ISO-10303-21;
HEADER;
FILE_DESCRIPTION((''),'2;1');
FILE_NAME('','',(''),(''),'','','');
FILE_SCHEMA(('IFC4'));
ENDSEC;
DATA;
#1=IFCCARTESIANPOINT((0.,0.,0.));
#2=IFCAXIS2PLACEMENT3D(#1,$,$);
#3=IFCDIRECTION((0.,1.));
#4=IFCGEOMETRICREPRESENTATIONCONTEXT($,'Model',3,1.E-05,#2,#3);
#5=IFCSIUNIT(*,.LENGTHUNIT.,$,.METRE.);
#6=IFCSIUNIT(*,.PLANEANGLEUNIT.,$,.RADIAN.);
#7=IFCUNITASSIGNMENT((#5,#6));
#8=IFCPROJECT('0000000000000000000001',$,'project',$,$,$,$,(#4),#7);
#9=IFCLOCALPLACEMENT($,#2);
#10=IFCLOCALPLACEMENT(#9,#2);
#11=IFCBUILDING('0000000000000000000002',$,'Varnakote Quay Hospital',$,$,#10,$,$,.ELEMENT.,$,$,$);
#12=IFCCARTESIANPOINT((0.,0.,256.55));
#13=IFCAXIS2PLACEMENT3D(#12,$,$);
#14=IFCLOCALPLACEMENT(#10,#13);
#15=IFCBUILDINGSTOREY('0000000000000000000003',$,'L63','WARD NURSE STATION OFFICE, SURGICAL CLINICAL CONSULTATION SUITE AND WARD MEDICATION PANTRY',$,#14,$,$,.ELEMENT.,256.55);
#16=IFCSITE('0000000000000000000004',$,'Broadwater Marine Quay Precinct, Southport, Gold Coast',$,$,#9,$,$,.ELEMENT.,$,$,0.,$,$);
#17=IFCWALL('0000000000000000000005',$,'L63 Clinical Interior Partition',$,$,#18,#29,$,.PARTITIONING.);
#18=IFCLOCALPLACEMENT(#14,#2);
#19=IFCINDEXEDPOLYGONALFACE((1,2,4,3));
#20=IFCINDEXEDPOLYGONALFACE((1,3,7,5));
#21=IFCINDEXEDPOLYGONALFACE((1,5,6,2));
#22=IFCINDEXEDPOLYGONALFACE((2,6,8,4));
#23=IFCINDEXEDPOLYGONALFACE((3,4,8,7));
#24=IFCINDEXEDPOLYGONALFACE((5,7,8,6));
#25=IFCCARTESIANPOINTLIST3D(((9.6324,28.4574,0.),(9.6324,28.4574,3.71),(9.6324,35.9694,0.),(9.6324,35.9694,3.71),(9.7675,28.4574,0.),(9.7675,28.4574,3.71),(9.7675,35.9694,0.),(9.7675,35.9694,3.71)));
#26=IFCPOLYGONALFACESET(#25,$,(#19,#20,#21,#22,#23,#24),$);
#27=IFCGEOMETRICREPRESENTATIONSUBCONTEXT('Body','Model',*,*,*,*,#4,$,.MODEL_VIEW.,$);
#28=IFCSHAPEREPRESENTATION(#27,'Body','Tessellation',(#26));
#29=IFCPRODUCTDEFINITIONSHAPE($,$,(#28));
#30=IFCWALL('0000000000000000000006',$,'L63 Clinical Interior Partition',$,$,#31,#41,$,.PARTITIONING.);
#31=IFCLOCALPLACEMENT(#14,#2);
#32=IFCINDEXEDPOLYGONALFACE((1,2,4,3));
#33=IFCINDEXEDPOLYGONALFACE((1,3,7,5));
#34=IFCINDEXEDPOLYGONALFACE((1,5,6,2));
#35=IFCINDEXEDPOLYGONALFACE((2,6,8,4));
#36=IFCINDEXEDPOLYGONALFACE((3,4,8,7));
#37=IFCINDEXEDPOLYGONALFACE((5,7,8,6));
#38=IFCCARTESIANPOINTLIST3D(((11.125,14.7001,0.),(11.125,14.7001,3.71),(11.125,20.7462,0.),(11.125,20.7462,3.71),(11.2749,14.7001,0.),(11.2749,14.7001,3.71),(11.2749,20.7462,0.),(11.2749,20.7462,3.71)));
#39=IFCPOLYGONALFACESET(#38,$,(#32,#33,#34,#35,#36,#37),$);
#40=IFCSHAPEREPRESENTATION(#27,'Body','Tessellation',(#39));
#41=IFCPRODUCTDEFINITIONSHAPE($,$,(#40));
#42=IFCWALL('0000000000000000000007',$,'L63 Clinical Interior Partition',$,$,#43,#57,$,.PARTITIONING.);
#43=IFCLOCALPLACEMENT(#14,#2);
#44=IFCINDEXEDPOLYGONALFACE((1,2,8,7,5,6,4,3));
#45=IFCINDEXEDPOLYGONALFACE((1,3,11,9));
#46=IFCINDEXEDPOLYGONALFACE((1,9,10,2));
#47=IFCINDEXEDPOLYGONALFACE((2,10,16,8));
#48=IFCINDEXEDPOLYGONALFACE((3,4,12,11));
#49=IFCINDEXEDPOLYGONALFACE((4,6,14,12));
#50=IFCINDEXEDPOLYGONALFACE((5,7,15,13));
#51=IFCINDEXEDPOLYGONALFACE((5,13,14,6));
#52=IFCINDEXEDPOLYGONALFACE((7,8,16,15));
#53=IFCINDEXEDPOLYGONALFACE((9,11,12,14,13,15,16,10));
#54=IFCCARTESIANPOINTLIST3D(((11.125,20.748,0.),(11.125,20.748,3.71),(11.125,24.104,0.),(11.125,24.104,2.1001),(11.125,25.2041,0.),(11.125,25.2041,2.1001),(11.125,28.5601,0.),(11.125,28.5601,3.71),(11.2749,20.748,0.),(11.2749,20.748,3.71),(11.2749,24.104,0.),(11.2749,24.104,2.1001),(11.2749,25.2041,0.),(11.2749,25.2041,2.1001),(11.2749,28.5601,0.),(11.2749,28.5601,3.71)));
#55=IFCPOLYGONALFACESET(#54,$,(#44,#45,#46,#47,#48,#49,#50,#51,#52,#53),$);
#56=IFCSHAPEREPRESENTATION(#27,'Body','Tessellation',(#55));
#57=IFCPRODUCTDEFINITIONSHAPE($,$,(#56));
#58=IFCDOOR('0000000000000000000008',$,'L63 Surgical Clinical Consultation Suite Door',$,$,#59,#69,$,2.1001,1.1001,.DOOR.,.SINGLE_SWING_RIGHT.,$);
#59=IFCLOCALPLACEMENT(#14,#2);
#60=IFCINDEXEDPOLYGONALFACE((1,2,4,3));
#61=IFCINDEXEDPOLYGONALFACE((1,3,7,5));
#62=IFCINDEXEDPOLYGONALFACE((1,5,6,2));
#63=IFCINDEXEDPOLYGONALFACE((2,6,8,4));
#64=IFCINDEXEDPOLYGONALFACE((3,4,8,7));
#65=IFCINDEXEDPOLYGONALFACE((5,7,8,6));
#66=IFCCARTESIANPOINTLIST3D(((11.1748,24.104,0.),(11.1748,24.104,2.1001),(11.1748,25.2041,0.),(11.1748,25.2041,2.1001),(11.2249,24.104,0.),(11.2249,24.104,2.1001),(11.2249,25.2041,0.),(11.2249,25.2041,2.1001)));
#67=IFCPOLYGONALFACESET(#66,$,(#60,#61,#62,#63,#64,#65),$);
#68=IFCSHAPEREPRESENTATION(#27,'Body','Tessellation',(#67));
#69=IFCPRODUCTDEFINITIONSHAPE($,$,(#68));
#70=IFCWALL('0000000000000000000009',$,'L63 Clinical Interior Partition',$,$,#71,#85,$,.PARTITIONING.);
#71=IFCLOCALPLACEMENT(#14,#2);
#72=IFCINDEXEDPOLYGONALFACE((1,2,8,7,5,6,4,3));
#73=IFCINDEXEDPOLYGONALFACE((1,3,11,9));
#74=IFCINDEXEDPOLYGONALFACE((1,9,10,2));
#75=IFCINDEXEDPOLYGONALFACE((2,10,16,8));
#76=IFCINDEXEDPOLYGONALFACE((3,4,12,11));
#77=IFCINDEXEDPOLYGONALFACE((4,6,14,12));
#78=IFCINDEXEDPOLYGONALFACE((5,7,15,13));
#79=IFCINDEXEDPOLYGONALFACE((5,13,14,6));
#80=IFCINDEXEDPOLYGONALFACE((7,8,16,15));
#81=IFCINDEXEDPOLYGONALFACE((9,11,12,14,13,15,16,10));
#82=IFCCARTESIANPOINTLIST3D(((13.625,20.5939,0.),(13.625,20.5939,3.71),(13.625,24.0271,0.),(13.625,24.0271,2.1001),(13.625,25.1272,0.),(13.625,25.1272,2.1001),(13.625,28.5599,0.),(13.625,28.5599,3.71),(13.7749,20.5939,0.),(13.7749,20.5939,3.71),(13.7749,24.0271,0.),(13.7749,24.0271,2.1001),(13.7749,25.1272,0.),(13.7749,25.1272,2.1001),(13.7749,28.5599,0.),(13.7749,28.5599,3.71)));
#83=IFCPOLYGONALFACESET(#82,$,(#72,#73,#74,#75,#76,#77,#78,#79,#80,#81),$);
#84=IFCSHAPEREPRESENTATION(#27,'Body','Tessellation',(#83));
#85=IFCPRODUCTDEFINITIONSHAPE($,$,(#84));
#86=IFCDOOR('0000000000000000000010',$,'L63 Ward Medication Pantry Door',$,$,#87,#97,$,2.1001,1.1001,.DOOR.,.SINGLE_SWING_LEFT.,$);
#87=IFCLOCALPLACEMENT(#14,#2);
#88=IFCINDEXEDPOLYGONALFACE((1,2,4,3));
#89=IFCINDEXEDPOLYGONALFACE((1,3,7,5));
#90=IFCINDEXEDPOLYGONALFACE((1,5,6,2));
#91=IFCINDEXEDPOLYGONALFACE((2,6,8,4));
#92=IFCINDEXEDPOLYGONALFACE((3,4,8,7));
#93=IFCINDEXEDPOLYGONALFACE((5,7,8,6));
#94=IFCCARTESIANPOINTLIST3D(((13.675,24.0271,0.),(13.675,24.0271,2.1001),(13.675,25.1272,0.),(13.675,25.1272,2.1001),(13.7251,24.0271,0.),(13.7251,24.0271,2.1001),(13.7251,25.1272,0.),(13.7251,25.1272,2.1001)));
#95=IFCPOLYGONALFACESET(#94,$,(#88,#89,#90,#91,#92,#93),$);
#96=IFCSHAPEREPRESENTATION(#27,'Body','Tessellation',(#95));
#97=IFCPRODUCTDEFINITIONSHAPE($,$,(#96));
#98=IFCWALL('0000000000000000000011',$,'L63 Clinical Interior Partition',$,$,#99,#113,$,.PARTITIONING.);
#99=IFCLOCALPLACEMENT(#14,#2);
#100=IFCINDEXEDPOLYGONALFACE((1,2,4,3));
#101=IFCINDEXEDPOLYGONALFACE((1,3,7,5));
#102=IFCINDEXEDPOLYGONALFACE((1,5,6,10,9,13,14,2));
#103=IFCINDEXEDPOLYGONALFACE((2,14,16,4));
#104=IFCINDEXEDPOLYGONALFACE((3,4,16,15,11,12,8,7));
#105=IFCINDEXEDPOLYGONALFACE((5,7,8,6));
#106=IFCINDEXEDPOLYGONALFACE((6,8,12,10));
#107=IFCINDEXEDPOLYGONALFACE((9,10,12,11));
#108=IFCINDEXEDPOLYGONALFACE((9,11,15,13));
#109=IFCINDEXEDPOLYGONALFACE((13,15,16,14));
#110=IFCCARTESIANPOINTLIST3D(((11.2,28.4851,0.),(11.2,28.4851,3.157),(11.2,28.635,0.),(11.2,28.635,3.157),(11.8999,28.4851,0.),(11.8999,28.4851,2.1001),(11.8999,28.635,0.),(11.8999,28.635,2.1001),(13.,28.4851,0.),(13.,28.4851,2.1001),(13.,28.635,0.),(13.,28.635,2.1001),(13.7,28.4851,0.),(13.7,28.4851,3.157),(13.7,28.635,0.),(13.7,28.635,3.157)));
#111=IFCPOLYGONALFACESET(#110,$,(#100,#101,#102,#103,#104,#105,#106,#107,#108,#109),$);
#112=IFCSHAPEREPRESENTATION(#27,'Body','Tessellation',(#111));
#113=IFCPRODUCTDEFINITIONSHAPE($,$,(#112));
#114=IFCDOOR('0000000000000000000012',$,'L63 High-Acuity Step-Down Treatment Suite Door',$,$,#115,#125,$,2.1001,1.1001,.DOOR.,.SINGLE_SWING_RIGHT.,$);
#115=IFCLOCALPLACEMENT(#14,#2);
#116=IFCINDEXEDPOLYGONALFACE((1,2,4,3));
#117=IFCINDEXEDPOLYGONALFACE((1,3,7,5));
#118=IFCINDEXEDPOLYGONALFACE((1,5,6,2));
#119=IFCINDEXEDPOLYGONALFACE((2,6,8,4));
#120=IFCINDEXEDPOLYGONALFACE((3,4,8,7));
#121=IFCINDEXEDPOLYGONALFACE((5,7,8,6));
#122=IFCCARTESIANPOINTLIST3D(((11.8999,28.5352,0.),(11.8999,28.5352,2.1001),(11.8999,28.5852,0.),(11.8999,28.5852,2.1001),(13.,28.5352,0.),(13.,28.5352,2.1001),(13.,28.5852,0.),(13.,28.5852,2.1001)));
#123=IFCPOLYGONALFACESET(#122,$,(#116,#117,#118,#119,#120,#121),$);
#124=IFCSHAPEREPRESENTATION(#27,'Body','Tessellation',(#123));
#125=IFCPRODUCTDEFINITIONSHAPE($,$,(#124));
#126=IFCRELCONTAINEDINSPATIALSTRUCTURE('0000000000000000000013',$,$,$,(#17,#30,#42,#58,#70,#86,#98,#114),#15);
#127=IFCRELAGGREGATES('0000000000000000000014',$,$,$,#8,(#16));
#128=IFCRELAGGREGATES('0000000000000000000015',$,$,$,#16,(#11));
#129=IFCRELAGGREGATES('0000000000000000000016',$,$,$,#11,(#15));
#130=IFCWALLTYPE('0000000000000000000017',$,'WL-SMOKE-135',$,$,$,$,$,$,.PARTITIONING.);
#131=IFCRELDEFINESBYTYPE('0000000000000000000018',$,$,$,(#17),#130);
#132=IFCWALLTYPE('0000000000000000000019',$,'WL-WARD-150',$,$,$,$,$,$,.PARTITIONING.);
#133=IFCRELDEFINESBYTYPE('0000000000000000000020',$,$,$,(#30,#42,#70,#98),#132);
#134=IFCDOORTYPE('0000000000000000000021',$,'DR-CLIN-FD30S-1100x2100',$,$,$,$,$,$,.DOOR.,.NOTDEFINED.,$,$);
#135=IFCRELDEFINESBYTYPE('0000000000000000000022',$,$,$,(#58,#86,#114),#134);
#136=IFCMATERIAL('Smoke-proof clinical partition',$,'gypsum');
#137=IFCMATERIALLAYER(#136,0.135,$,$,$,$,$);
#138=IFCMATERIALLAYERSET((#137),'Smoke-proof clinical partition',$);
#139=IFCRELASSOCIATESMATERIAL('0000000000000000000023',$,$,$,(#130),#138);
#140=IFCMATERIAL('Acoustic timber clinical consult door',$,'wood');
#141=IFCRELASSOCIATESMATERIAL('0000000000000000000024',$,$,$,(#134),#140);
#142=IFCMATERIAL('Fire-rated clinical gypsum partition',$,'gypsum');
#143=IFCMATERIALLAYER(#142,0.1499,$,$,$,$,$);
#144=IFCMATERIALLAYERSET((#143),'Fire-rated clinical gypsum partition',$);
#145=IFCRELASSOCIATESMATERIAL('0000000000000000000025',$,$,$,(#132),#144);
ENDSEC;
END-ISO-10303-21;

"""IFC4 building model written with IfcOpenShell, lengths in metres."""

from ifc_helpers import new_model, si_unit, direction, frame, frame_2d, origin, place, context, subcontext, project, spatial, rectangle, extrude, material, layer, layer_set, type_object, element, fill, save


model = new_model("IFC4")

# Units and contexts
model_context = context("Model", 3, precision=1e-05, world=origin(), true_north=direction((0.0, 1.0)))
body_context = subcontext(model_context, "Body", "Model", "MODEL_VIEW")
ifc_project = project(units=[si_unit("LENGTHUNIT", "METRE"), si_unit("PLANEANGLEUNIT", "RADIAN")], contexts=[model_context])

# Site, building, storey
site_placement = place(None, origin())
site = spatial("IfcSite", under=ifc_project, at=site_placement, Name="Broadwater Marine Quay Precinct, Southport, Gold Coast", CompositionType="ELEMENT", RefElevation=0.0)
building_placement = place(site_placement, origin())
building = spatial("IfcBuilding", under=site, at=building_placement, Name="Varnakote Quay Hospital", CompositionType="ELEMENT")
storey_placement = place(building_placement, frame((0.0, 0.0, 256.55)))
storey = spatial("IfcBuildingStorey", under=building, at=storey_placement, Name="L63", Description="WARD NURSE STATION OFFICE, SURGICAL CLINICAL CONSULTATION SUITE AND WARD MEDICATION PANTRY", CompositionType="ELEMENT", Elevation=256.55)

# Shared definitions
ifc_material_1 = material(Name="Smoke-proof clinical partition", Category="gypsum")
ifc_layer_1 = layer(ifc_material_1, 0.135)
ifc_layer_set_1 = layer_set([ifc_layer_1], Name="Smoke-proof clinical partition")
wall_type_1 = type_object("IfcWallType", Name="WL-SMOKE-135", PredefinedType="PARTITIONING", material=ifc_layer_set_1)
ifc_material_2 = material(Name="Acoustic timber clinical consult door", Category="wood")
door_type = type_object("IfcDoorType", Name="DR-CLIN-FD30S-1100x2100", OperationType="NOTDEFINED", PredefinedType="DOOR", material=ifc_material_2)

# Walls
wall_1_placement = place(storey_placement, frame((9.7, 28.4575, 0.0), z_axis=(0.0, 0.0, 1.0), x_axis=(0.0, 1.0, 0.0)))
element("IfcWall", 1, at=wall_1_placement, inside=storey, type_object=wall_type_1, Name="L63 Clinical Interior Partition", PredefinedType="PARTITIONING", context=body_context, shape_type="SweptSolid", body=[
    extrude(rectangle(XDim=7.512, YDim=0.135, at=frame_2d((3.7559, 0.0))), origin(), (0.0, 0.0, 1.0), 3.71),
])
ifc_material_3 = material(Name="Fire-rated clinical gypsum partition", Category="gypsum")
ifc_layer_2 = layer(ifc_material_3, 0.1499)
ifc_layer_set_2 = layer_set([ifc_layer_2], Name="Fire-rated clinical gypsum partition")
wall_type_2 = type_object("IfcWallType", Name="WL-WARD-150", PredefinedType="PARTITIONING", material=ifc_layer_set_2)
wall_2_placement = place(storey_placement, frame((11.2, 20.7461, 0.0), z_axis=(0.0, 0.0, 1.0), x_axis=(0.0, -1.0, 0.0)))
element("IfcWall", 2, at=wall_2_placement, inside=storey, type_object=wall_type_2, Name="L63 Clinical Interior Partition", PredefinedType="PARTITIONING", context=body_context, shape_type="SweptSolid", body=[
    extrude(rectangle(XDim=6.0461, YDim=0.1499, at=frame_2d((3.0229, 0.0))), origin(), (0.0, 0.0, 1.0), 3.71),
])

# Walls, openings, doors
wall_3_placement = place(storey_placement, frame((11.2, 28.5601, 0.0), z_axis=(0.0, 0.0, 1.0), x_axis=(0.0, -1.0, 0.0)))
wall_3 = element("IfcWall", 3, at=wall_3_placement, inside=storey, type_object=wall_type_2, Name="L63 Clinical Interior Partition", PredefinedType="PARTITIONING", context=body_context, shape_type="SweptSolid", body=[
    extrude(rectangle(XDim=7.812, YDim=0.1499, at=frame_2d((3.906, 0.0))), origin(), (0.0, 0.0, 1.0), 3.71),
])
opening_1_placement = place(wall_3_placement, frame((3.356, 0.0, 0.0)))
opening_1 = element("IfcOpeningElement", 4, at=opening_1_placement, cuts=wall_3, PredefinedType="OPENING", context=body_context, shape_type="SweptSolid", body=[
    extrude(rectangle(XDim=1.1001, YDim=2.1001, at=frame_2d((0.55, 1.05))), frame((0.0, 0.085, 0.0), z_axis=(0.0, -1.0, 0.0), x_axis=(1.0, 0.0, 0.0)), (0.0, 0.0, 1.0), 0.1699),
])
door_1_placement = place(opening_1_placement, origin())
door_1 = element("IfcDoor", 5, at=door_1_placement, inside=storey, type_object=door_type, Name="L63 Surgical Clinical Consultation Suite Door", OperationType="SINGLE_SWING_RIGHT", OverallHeight=2.1001, OverallWidth=1.1001, PredefinedType="DOOR", context=body_context, shape_type="SweptSolid", body=[
    extrude(rectangle(XDim=1.1001, YDim=2.1001, at=frame_2d((0.55, 1.05))), frame((0.0, 0.0249, 0.0), z_axis=(0.0, -1.0, 0.0), x_axis=(1.0, 0.0, 0.0)), (0.0, 0.0, 1.0), 0.05),
])
fill(opening_1, door_1)
wall_4_placement = place(storey_placement, frame((13.7, 20.594, 0.0), z_axis=(0.0, 0.0, 1.0), x_axis=(0.0, 1.0, 0.0)))
wall_4 = element("IfcWall", 6, at=wall_4_placement, inside=storey, type_object=wall_type_2, Name="L63 Clinical Interior Partition", PredefinedType="PARTITIONING", context=body_context, shape_type="SweptSolid", body=[
    extrude(rectangle(XDim=7.9661, YDim=0.1499, at=frame_2d((3.9829, 0.0))), origin(), (0.0, 0.0, 1.0), 3.71),
])
opening_2_placement = place(wall_4_placement, frame((3.4331, 0.0, 0.0)))
opening_2 = element("IfcOpeningElement", 7, at=opening_2_placement, cuts=wall_4, PredefinedType="OPENING", context=body_context, shape_type="SweptSolid", body=[
    extrude(rectangle(XDim=1.1001, YDim=2.1001, at=frame_2d((0.55, 1.05))), frame((0.0, 0.085, 0.0), z_axis=(0.0, -1.0, 0.0), x_axis=(1.0, 0.0, 0.0)), (0.0, 0.0, 1.0), 0.1699),
])
door_2_placement = place(opening_2_placement, origin())
door_2 = element("IfcDoor", 8, at=door_2_placement, inside=storey, type_object=door_type, Name="L63 Ward Medication Pantry Door", OperationType="SINGLE_SWING_LEFT", OverallHeight=2.1001, OverallWidth=1.1001, PredefinedType="DOOR", context=body_context, shape_type="SweptSolid", body=[
    extrude(rectangle(XDim=1.1001, YDim=2.1001, at=frame_2d((0.55, 1.05))), frame((0.0, 0.0249, 0.0), z_axis=(0.0, -1.0, 0.0), x_axis=(1.0, 0.0, 0.0)), (0.0, 0.0, 1.0), 0.05),
])
fill(opening_2, door_2)
wall_5_placement = place(storey_placement, frame((13.7, 28.5601, 0.0), z_axis=(0.0, 0.0, 1.0), x_axis=(-1.0, 0.0, 0.0)))
wall_5 = element("IfcWall", 9, at=wall_5_placement, inside=storey, type_object=wall_type_2, Name="L63 Clinical Interior Partition", PredefinedType="PARTITIONING", context=body_context, shape_type="SweptSolid", body=[
    extrude(rectangle(XDim=2.5, YDim=0.1499, at=frame_2d((1.25, 0.0))), origin(), (0.0, 0.0, 1.0), 3.157),
])
opening_3_placement = place(wall_5_placement, frame((0.7, 0.0, 0.0)))
opening_3 = element("IfcOpeningElement", 10, at=opening_3_placement, cuts=wall_5, PredefinedType="OPENING", context=body_context, shape_type="SweptSolid", body=[
    extrude(rectangle(XDim=1.1001, YDim=2.1001, at=frame_2d((0.55, 1.05))), frame((0.0, 0.085, 0.0), z_axis=(0.0, -1.0, 0.0), x_axis=(1.0, 0.0, 0.0)), (0.0, 0.0, 1.0), 0.1699),
])
door_3_placement = place(opening_3_placement, origin())
door_3 = element("IfcDoor", 11, at=door_3_placement, inside=storey, type_object=door_type, Name="L63 High-Acuity Step-Down Treatment Suite Door", OperationType="SINGLE_SWING_RIGHT", OverallHeight=2.1001, OverallWidth=1.1001, PredefinedType="DOOR", context=body_context, shape_type="SweptSolid", body=[
    extrude(rectangle(XDim=1.1001, YDim=2.1001, at=frame_2d((0.55, 1.05))), frame((0.0, 0.0249, 0.0), z_axis=(0.0, -1.0, 0.0), x_axis=(1.0, 0.0, 0.0)), (0.0, 0.0, 1.0), 0.05),
])
fill(opening_3, door_3)

save(model, "model.ifc")
